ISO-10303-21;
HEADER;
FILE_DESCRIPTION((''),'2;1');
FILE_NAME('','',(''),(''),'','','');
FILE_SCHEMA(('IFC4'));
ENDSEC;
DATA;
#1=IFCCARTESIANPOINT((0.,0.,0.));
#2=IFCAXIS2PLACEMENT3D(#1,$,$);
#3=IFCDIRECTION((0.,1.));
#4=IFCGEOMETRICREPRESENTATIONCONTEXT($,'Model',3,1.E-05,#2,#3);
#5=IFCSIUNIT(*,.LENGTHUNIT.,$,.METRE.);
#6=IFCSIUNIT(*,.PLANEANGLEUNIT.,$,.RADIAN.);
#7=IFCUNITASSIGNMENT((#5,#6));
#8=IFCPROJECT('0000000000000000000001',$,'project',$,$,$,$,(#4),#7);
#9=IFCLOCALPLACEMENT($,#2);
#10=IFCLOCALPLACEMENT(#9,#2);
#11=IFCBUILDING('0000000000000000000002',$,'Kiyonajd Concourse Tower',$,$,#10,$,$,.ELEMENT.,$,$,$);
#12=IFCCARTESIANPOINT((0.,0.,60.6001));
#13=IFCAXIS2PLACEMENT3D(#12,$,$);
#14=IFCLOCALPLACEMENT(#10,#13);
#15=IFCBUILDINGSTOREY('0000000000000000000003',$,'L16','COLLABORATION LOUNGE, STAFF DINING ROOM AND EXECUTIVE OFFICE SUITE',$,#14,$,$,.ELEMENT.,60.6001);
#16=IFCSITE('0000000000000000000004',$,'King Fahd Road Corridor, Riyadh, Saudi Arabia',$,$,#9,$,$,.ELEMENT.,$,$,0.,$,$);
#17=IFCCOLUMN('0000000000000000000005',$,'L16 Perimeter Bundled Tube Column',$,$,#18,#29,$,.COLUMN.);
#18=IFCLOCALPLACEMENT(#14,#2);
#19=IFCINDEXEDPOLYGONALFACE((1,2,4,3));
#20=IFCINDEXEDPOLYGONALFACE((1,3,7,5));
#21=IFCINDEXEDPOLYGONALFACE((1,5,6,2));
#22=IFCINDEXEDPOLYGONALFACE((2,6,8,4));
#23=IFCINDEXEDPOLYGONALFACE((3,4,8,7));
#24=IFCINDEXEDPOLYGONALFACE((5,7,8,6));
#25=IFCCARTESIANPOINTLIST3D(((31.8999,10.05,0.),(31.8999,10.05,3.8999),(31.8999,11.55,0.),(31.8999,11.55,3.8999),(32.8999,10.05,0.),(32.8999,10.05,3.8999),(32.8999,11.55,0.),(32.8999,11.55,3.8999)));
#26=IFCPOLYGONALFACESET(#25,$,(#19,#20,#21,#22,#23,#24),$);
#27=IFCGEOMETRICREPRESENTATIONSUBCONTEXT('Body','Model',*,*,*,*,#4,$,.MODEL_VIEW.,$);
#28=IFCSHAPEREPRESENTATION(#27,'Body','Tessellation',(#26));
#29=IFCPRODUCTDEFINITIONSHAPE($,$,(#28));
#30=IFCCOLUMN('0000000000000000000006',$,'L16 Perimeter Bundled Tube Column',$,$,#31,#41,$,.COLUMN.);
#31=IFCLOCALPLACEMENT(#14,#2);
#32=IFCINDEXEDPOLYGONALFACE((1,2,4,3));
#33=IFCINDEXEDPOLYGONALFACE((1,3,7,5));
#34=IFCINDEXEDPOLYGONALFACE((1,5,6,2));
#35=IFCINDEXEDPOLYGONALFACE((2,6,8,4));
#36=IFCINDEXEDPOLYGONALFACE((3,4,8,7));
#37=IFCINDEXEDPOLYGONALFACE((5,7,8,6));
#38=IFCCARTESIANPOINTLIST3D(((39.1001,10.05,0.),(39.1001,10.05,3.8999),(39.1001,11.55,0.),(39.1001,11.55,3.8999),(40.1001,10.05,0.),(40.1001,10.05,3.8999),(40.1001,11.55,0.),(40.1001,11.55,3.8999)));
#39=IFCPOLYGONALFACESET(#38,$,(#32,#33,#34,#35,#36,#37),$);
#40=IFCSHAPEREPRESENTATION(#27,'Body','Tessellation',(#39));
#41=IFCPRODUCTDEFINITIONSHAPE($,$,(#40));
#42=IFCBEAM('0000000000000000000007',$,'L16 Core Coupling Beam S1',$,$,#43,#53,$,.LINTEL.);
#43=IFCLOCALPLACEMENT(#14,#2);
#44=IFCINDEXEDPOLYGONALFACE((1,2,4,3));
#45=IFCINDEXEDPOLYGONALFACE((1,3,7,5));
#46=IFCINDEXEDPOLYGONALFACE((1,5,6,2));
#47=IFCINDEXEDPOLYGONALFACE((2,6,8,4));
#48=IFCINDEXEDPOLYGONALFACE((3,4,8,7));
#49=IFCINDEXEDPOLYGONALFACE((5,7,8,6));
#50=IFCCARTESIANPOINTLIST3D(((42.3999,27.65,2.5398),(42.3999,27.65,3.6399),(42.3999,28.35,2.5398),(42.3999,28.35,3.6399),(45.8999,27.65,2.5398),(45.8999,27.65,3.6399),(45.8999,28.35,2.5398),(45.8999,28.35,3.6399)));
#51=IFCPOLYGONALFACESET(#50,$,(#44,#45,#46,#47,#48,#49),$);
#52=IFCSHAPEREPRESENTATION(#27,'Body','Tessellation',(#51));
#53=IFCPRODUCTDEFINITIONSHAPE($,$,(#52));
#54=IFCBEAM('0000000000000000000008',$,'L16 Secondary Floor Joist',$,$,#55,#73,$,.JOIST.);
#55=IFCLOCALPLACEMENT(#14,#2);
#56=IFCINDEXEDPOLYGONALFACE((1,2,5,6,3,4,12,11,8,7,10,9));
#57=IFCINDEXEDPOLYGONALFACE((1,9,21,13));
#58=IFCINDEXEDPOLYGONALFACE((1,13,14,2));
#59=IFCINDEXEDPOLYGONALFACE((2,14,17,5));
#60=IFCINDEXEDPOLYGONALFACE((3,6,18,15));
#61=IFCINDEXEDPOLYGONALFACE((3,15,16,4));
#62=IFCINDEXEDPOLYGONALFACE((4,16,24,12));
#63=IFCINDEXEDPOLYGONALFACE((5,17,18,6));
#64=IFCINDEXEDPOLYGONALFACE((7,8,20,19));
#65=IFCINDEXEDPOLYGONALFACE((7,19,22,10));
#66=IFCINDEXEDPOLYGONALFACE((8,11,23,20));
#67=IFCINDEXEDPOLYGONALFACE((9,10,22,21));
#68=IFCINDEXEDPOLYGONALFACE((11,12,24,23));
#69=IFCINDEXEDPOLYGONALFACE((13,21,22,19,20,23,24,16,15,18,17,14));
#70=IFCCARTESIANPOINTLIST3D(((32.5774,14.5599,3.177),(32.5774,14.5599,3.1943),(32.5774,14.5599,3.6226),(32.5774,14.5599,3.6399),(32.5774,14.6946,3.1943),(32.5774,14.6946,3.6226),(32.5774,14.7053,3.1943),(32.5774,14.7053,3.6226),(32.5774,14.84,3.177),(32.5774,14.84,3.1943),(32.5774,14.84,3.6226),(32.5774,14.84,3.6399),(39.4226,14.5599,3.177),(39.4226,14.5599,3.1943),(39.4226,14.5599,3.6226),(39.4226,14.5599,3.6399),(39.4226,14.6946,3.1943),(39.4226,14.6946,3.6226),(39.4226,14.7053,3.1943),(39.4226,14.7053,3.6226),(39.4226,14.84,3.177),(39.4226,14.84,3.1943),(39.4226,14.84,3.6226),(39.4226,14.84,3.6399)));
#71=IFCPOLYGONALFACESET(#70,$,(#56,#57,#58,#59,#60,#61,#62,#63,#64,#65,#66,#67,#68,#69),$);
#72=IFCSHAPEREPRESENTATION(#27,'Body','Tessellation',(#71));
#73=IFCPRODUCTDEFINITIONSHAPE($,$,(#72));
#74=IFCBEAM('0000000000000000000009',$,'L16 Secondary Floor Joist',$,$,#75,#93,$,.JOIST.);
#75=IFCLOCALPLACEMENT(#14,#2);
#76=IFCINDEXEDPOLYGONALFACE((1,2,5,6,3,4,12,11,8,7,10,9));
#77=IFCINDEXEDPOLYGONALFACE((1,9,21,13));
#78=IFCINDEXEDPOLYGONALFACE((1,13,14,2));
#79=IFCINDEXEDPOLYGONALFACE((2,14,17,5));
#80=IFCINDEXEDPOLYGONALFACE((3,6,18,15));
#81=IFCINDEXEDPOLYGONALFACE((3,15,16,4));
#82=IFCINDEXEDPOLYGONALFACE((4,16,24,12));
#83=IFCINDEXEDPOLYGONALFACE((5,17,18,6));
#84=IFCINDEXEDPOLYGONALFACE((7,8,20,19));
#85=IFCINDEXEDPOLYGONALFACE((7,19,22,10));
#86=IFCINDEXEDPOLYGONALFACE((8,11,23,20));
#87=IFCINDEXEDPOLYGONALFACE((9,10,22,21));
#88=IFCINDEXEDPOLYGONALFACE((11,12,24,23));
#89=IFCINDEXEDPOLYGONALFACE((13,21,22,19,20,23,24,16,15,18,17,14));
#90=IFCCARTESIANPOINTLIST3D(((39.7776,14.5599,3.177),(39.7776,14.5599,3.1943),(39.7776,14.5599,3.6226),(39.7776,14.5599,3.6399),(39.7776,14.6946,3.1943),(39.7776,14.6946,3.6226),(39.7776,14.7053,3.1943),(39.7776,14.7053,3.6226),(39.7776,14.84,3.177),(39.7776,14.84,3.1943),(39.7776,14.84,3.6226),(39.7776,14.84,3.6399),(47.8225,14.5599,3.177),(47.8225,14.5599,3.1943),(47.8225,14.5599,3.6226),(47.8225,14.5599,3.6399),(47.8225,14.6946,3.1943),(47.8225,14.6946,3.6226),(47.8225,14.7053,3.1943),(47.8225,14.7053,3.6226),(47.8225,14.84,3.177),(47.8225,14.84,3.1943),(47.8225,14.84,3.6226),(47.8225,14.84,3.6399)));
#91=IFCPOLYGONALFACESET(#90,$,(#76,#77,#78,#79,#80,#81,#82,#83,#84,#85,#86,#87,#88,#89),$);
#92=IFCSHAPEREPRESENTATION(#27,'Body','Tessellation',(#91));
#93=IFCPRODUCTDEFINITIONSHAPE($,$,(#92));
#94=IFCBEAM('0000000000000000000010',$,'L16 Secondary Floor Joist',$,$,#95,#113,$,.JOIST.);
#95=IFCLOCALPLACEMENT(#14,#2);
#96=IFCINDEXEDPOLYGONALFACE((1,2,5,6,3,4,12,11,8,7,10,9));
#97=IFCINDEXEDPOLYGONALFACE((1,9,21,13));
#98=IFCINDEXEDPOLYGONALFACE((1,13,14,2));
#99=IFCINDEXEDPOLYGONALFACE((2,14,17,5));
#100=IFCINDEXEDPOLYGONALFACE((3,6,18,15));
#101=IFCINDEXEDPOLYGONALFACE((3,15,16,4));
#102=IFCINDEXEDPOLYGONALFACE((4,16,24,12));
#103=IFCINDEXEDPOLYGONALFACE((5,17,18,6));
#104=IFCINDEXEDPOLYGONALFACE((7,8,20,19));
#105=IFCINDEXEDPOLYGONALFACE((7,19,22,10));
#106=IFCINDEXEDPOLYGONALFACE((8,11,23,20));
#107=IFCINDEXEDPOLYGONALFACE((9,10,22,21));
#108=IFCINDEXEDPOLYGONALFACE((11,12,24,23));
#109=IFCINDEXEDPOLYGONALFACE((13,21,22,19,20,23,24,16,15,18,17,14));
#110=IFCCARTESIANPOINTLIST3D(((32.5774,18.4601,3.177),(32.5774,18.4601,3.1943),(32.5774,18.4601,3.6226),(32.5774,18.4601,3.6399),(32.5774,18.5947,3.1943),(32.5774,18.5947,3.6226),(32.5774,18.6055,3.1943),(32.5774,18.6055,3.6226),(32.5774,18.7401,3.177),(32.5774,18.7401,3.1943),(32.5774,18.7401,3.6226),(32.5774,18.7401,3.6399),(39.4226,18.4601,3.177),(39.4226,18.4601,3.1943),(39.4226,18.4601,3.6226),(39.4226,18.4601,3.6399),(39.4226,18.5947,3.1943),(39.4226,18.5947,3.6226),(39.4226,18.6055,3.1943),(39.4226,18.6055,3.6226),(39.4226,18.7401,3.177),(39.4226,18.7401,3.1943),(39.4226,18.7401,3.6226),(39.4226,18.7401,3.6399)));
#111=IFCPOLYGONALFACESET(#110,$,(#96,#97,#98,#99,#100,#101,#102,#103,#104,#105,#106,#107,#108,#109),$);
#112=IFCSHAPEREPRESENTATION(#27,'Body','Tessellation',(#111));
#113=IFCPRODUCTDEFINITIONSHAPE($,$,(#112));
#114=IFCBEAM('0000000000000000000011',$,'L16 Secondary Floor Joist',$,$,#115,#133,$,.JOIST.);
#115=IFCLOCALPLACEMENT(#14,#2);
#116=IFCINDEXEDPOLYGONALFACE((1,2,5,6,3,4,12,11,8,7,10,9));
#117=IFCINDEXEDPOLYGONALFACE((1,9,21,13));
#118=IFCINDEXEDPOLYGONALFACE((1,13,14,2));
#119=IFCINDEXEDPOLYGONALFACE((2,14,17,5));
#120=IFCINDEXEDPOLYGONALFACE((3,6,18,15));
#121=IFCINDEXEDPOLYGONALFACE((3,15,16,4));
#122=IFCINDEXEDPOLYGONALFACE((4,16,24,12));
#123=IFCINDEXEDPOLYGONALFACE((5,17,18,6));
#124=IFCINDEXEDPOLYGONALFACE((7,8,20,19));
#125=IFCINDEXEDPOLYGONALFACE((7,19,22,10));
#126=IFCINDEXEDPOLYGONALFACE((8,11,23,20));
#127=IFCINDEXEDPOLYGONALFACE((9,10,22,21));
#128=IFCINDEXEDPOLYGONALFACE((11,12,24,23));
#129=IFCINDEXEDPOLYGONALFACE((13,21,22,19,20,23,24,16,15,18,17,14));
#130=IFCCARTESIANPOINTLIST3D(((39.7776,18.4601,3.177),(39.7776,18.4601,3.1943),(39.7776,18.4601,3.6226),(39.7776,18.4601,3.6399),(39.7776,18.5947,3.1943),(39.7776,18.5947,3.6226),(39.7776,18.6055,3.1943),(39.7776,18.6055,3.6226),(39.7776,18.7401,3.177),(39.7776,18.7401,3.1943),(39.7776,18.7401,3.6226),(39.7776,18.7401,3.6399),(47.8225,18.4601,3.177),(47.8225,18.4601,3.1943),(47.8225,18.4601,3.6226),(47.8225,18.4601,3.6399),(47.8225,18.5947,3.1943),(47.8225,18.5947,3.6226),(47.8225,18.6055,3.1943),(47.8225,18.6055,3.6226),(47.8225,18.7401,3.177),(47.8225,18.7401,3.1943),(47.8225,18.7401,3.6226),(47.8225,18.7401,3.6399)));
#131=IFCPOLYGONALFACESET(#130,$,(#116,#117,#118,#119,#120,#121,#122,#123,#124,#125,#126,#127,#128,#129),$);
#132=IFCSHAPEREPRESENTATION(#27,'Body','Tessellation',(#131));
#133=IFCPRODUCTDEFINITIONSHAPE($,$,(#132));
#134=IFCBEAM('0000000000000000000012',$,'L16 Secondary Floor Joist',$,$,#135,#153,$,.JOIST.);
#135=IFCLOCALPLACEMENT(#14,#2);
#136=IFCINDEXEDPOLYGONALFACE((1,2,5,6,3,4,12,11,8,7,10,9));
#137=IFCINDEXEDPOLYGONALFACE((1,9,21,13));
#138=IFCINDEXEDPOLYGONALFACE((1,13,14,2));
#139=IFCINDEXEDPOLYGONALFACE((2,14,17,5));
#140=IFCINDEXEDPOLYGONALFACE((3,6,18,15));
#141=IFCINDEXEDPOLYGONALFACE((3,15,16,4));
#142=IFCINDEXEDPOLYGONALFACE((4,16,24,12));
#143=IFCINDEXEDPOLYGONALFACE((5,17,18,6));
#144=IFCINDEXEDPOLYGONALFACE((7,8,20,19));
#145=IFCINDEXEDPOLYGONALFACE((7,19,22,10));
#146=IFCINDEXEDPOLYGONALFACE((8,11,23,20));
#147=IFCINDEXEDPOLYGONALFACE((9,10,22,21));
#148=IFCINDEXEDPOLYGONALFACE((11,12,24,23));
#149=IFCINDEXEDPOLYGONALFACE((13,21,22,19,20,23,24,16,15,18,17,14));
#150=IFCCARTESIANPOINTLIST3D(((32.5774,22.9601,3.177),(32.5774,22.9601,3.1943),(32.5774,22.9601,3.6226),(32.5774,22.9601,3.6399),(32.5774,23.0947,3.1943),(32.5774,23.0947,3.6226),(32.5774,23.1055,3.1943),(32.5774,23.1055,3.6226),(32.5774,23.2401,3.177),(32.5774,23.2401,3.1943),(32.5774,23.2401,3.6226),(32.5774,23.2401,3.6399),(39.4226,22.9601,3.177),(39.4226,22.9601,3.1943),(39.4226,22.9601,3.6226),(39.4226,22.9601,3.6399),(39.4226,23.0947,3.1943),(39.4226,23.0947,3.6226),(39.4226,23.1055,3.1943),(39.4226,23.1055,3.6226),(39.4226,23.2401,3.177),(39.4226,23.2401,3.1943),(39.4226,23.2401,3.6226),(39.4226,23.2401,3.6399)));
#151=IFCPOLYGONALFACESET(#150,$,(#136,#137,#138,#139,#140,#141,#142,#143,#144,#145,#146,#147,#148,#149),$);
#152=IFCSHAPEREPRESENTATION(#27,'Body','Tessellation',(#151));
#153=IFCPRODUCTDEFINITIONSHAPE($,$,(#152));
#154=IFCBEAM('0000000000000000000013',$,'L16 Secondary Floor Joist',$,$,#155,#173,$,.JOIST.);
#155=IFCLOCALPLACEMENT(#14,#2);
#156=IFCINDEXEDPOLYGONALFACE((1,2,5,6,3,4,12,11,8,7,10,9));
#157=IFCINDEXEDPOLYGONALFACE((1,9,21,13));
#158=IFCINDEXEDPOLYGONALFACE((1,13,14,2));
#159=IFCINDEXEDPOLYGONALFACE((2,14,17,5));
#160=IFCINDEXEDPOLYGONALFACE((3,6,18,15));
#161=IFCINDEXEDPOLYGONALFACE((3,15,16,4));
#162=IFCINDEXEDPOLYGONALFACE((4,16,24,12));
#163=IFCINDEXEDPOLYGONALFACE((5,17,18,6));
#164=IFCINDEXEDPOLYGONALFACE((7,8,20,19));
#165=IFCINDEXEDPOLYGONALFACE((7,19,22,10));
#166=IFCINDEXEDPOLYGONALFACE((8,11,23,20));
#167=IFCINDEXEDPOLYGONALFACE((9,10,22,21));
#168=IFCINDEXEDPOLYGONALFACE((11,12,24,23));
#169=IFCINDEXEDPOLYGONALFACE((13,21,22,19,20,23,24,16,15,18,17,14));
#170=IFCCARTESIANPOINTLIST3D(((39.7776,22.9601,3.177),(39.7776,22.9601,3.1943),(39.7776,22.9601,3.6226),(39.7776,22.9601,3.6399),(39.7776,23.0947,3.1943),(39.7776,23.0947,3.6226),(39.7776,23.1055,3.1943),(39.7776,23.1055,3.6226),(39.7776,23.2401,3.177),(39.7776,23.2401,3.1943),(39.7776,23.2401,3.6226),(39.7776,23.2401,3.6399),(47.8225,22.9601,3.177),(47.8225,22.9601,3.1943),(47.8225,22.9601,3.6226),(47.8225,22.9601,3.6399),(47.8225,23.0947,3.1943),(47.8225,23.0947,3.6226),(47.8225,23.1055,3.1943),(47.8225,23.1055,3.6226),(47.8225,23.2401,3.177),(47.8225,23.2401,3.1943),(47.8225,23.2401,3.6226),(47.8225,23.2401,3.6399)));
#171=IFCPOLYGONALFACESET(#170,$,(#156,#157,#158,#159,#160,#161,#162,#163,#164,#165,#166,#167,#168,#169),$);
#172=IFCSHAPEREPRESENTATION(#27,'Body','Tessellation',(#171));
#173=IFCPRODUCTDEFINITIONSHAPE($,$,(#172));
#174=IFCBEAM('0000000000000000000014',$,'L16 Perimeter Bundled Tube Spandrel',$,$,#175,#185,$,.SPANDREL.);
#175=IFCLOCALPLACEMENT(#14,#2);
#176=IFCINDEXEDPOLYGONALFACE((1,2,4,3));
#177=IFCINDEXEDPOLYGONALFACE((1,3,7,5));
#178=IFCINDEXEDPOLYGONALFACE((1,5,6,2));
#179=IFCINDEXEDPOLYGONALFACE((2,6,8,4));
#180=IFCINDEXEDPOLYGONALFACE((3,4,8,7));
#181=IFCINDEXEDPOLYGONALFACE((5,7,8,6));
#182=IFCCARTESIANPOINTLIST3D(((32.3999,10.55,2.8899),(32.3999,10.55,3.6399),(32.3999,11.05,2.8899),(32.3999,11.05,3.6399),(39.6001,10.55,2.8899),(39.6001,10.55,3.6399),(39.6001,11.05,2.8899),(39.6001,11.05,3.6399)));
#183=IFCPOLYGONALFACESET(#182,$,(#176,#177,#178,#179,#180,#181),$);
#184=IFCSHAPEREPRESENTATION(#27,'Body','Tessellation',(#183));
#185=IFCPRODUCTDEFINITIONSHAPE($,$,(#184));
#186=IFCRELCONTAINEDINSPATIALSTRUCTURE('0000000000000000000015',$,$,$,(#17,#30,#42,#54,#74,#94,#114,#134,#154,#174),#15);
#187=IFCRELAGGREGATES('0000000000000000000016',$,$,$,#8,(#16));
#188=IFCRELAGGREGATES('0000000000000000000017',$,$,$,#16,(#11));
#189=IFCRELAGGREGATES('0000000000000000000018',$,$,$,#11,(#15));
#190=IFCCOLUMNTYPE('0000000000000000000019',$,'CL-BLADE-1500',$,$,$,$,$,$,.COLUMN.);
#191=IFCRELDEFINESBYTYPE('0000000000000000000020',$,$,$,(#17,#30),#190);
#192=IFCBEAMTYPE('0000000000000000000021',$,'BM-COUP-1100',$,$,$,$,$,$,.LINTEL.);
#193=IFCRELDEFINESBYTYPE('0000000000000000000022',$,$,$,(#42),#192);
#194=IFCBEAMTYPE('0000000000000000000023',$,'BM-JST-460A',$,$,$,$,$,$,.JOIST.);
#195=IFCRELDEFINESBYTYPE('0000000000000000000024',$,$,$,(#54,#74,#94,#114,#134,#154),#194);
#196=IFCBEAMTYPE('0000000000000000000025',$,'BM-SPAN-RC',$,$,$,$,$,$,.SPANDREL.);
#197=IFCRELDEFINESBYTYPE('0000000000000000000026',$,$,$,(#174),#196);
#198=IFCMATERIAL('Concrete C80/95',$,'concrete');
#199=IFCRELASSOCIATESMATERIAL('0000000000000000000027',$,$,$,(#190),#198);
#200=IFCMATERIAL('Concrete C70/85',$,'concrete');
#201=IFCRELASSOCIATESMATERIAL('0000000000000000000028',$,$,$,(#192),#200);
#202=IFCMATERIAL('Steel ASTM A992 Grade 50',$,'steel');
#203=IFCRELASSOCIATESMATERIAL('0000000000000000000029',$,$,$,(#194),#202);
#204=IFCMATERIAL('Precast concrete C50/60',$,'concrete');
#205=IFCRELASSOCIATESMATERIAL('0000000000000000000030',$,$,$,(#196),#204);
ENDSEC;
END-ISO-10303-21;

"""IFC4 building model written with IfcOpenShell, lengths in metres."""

from ifc_helpers import new_model, si_unit, direction, frame, origin, origin_2d, place, context, subcontext, project, spatial, rectangle, i_section, extrude, material, material_profile, profile_set, type_object, element, save


model = new_model("IFC4")

# Units and contexts
model_context = context("Model", 3, precision=1e-05, world=origin(), true_north=direction((0.0, 1.0)))
body_context = subcontext(model_context, "Body", "Model", "MODEL_VIEW")
ifc_project = project(units=[si_unit("LENGTHUNIT", "METRE"), si_unit("PLANEANGLEUNIT", "RADIAN")], contexts=[model_context])

# Site, building, storey
site_placement = place(None, origin())
site = spatial("IfcSite", under=ifc_project, at=site_placement, Name="King Fahd Road Corridor, Riyadh, Saudi Arabia", CompositionType="ELEMENT", RefElevation=0.0)
building_placement = place(site_placement, origin())
building = spatial("IfcBuilding", under=site, at=building_placement, Name="Kiyonajd Concourse Tower", CompositionType="ELEMENT")
storey_placement = place(building_placement, frame((0.0, 0.0, 60.6001)))
storey = spatial("IfcBuildingStorey", under=building, at=storey_placement, Name="L16", Description="COLLABORATION LOUNGE, STAFF DINING ROOM AND EXECUTIVE OFFICE SUITE", CompositionType="ELEMENT", Elevation=60.6001)

# Columns
ifc_material_1 = material(Name="Concrete C80/95", Category="concrete")
ifc_material_profile_1 = material_profile(ifc_material_1, rectangle(XDim=1.0, YDim=1.5, at=origin_2d()), Name="RC-1500x1000")
ifc_profile_set_1 = profile_set([ifc_material_profile_1], Name="Concrete C80/95")
column_type = type_object("IfcColumnType", Name="CL-BLADE-1500", PredefinedType="COLUMN", material=ifc_profile_set_1)
for number, where, z_axis, x_axis, name in (
    (1, (32.3999, 10.8, 0.0), (0.0, 0.0, 1.0), (1.0, 0.0, 0.0), "L16 Perimeter Bundled Tube Column"),
    (2, (39.6001, 10.8, 0.0), (0.0, 0.0, 1.0), (1.0, 0.0, 0.0), "L16 Perimeter Bundled Tube Column"),
):
    element("IfcColumn", number, at=place(storey_placement, frame(where, z_axis=z_axis, x_axis=x_axis)), inside=storey, type_object=column_type, Name=name, PredefinedType="COLUMN", context=body_context, shape_type="SweptSolid", body=[
        extrude(rectangle(XDim=1.0, YDim=1.5, at=origin_2d()), origin(), (0.0, 0.0, 1.0), 3.8999),
    ])

# Beams
ifc_material_2 = material(Name="Concrete C70/85", Category="concrete")
ifc_material_profile_2 = material_profile(ifc_material_2, rectangle(XDim=0.7, YDim=1.1001, at=origin_2d()), Name="RCBM-700x1100")
ifc_profile_set_2 = profile_set([ifc_material_profile_2], Name="Concrete C70/85")
beam_type_1 = type_object("IfcBeamType", Name="BM-COUP-1100", PredefinedType="LINTEL", material=ifc_profile_set_2)
beam_1_placement = place(storey_placement, frame((42.3999, 28.0, 3.0898), z_axis=(1.0, 0.0, 0.0), x_axis=(0.0, 1.0, 0.0)))
element("IfcBeam", 3, at=beam_1_placement, inside=storey, type_object=beam_type_1, Name="L16 Core Coupling Beam S1", PredefinedType="LINTEL", context=body_context, shape_type="SweptSolid", body=[
    extrude(rectangle(XDim=0.7, YDim=1.1001, at=origin_2d()), origin(), (0.0, 0.0, 1.0), 3.5),
])
ifc_material_3 = material(Name="Steel ASTM A992 Grade 50", Category="steel")
ifc_material_profile_3 = material_profile(ifc_material_3, i_section(OverallWidth=0.28, OverallDepth=0.4629, WebThickness=0.0107, FlangeThickness=0.0173, at=origin_2d()), Name="W460X113")
ifc_profile_set_3 = profile_set([ifc_material_profile_3], Name="Steel ASTM A992 Grade 50")
beam_type_2 = type_object("IfcBeamType", Name="BM-JST-460A", PredefinedType="JOIST", material=ifc_profile_set_3)
beam_2_placement = place(storey_placement, frame((32.5774, 14.7, 3.4084), z_axis=(1.0, 0.0, 0.0), x_axis=(0.0, 1.0, 0.0)))
element("IfcBeam", 4, at=beam_2_placement, inside=storey, type_object=beam_type_2, Name="L16 Secondary Floor Joist", PredefinedType="JOIST", context=body_context, shape_type="SweptSolid", body=[
    extrude(i_section(OverallWidth=0.28, OverallDepth=0.4629, WebThickness=0.0107, FlangeThickness=0.0173, at=origin_2d()), origin(), (0.0, 0.0, 1.0), 6.8452),
])
beam_3_placement = place(storey_placement, frame((39.7776, 14.7, 3.4084), z_axis=(1.0, 0.0, 0.0), x_axis=(0.0, 1.0, 0.0)))
element("IfcBeam", 5, at=beam_3_placement, inside=storey, type_object=beam_type_2, Name="L16 Secondary Floor Joist", PredefinedType="JOIST", context=body_context, shape_type="SweptSolid", body=[
    extrude(i_section(OverallWidth=0.28, OverallDepth=0.4629, WebThickness=0.0107, FlangeThickness=0.0173, at=origin_2d()), origin(), (0.0, 0.0, 1.0), 8.0449),
])
beam_4_placement = place(storey_placement, frame((32.5774, 18.6001, 3.4084), z_axis=(1.0, 0.0, 0.0), x_axis=(0.0, 1.0, 0.0)))
element("IfcBeam", 6, at=beam_4_placement, inside=storey, type_object=beam_type_2, Name="L16 Secondary Floor Joist", PredefinedType="JOIST", context=body_context, shape_type="SweptSolid", body=[
    extrude(i_section(OverallWidth=0.28, OverallDepth=0.4629, WebThickness=0.0107, FlangeThickness=0.0173, at=origin_2d()), origin(), (0.0, 0.0, 1.0), 6.8452),
])
beam_5_placement = place(storey_placement, frame((39.7776, 18.6001, 3.4084), z_axis=(1.0, 0.0, 0.0), x_axis=(0.0, 1.0, 0.0)))
element("IfcBeam", 7, at=beam_5_placement, inside=storey, type_object=beam_type_2, Name="L16 Secondary Floor Joist", PredefinedType="JOIST", context=body_context, shape_type="SweptSolid", body=[
    extrude(i_section(OverallWidth=0.28, OverallDepth=0.4629, WebThickness=0.0107, FlangeThickness=0.0173, at=origin_2d()), origin(), (0.0, 0.0, 1.0), 8.0449),
])
beam_6_placement = place(storey_placement, frame((32.5774, 23.1001, 3.4084), z_axis=(1.0, 0.0, 0.0), x_axis=(0.0, 1.0, 0.0)))
element("IfcBeam", 8, at=beam_6_placement, inside=storey, type_object=beam_type_2, Name="L16 Secondary Floor Joist", PredefinedType="JOIST", context=body_context, shape_type="SweptSolid", body=[
    extrude(i_section(OverallWidth=0.28, OverallDepth=0.4629, WebThickness=0.0107, FlangeThickness=0.0173, at=origin_2d()), origin(), (0.0, 0.0, 1.0), 6.8452),
])
beam_7_placement = place(storey_placement, frame((39.7776, 23.1001, 3.4084), z_axis=(1.0, 0.0, 0.0), x_axis=(0.0, 1.0, 0.0)))
element("IfcBeam", 9, at=beam_7_placement, inside=storey, type_object=beam_type_2, Name="L16 Secondary Floor Joist", PredefinedType="JOIST", context=body_context, shape_type="SweptSolid", body=[
    extrude(i_section(OverallWidth=0.28, OverallDepth=0.4629, WebThickness=0.0107, FlangeThickness=0.0173, at=origin_2d()), origin(), (0.0, 0.0, 1.0), 8.0449),
])
ifc_material_4 = material(Name="Precast concrete C50/60", Category="concrete")
ifc_material_profile_4 = material_profile(ifc_material_4, rectangle(XDim=0.5, YDim=0.75, at=origin_2d()), Name="RCBM-500x750")
ifc_profile_set_4 = profile_set([ifc_material_profile_4], Name="Precast concrete C50/60")
beam_type_3 = type_object("IfcBeamType", Name="BM-SPAN-RC", PredefinedType="SPANDREL", material=ifc_profile_set_4)
beam_8_placement = place(storey_placement, frame((32.3999, 10.8, 3.2649), z_axis=(1.0, 0.0, 0.0), x_axis=(0.0, 1.0, 0.0)))
element("IfcBeam", 10, at=beam_8_placement, inside=storey, type_object=beam_type_3, Name="L16 Perimeter Bundled Tube Spandrel", PredefinedType="SPANDREL", context=body_context, shape_type="SweptSolid", body=[
    extrude(rectangle(XDim=0.5, YDim=0.75, at=origin_2d()), origin(), (0.0, 0.0, 1.0), 7.2002),
])

save(model, "model.ifc")
